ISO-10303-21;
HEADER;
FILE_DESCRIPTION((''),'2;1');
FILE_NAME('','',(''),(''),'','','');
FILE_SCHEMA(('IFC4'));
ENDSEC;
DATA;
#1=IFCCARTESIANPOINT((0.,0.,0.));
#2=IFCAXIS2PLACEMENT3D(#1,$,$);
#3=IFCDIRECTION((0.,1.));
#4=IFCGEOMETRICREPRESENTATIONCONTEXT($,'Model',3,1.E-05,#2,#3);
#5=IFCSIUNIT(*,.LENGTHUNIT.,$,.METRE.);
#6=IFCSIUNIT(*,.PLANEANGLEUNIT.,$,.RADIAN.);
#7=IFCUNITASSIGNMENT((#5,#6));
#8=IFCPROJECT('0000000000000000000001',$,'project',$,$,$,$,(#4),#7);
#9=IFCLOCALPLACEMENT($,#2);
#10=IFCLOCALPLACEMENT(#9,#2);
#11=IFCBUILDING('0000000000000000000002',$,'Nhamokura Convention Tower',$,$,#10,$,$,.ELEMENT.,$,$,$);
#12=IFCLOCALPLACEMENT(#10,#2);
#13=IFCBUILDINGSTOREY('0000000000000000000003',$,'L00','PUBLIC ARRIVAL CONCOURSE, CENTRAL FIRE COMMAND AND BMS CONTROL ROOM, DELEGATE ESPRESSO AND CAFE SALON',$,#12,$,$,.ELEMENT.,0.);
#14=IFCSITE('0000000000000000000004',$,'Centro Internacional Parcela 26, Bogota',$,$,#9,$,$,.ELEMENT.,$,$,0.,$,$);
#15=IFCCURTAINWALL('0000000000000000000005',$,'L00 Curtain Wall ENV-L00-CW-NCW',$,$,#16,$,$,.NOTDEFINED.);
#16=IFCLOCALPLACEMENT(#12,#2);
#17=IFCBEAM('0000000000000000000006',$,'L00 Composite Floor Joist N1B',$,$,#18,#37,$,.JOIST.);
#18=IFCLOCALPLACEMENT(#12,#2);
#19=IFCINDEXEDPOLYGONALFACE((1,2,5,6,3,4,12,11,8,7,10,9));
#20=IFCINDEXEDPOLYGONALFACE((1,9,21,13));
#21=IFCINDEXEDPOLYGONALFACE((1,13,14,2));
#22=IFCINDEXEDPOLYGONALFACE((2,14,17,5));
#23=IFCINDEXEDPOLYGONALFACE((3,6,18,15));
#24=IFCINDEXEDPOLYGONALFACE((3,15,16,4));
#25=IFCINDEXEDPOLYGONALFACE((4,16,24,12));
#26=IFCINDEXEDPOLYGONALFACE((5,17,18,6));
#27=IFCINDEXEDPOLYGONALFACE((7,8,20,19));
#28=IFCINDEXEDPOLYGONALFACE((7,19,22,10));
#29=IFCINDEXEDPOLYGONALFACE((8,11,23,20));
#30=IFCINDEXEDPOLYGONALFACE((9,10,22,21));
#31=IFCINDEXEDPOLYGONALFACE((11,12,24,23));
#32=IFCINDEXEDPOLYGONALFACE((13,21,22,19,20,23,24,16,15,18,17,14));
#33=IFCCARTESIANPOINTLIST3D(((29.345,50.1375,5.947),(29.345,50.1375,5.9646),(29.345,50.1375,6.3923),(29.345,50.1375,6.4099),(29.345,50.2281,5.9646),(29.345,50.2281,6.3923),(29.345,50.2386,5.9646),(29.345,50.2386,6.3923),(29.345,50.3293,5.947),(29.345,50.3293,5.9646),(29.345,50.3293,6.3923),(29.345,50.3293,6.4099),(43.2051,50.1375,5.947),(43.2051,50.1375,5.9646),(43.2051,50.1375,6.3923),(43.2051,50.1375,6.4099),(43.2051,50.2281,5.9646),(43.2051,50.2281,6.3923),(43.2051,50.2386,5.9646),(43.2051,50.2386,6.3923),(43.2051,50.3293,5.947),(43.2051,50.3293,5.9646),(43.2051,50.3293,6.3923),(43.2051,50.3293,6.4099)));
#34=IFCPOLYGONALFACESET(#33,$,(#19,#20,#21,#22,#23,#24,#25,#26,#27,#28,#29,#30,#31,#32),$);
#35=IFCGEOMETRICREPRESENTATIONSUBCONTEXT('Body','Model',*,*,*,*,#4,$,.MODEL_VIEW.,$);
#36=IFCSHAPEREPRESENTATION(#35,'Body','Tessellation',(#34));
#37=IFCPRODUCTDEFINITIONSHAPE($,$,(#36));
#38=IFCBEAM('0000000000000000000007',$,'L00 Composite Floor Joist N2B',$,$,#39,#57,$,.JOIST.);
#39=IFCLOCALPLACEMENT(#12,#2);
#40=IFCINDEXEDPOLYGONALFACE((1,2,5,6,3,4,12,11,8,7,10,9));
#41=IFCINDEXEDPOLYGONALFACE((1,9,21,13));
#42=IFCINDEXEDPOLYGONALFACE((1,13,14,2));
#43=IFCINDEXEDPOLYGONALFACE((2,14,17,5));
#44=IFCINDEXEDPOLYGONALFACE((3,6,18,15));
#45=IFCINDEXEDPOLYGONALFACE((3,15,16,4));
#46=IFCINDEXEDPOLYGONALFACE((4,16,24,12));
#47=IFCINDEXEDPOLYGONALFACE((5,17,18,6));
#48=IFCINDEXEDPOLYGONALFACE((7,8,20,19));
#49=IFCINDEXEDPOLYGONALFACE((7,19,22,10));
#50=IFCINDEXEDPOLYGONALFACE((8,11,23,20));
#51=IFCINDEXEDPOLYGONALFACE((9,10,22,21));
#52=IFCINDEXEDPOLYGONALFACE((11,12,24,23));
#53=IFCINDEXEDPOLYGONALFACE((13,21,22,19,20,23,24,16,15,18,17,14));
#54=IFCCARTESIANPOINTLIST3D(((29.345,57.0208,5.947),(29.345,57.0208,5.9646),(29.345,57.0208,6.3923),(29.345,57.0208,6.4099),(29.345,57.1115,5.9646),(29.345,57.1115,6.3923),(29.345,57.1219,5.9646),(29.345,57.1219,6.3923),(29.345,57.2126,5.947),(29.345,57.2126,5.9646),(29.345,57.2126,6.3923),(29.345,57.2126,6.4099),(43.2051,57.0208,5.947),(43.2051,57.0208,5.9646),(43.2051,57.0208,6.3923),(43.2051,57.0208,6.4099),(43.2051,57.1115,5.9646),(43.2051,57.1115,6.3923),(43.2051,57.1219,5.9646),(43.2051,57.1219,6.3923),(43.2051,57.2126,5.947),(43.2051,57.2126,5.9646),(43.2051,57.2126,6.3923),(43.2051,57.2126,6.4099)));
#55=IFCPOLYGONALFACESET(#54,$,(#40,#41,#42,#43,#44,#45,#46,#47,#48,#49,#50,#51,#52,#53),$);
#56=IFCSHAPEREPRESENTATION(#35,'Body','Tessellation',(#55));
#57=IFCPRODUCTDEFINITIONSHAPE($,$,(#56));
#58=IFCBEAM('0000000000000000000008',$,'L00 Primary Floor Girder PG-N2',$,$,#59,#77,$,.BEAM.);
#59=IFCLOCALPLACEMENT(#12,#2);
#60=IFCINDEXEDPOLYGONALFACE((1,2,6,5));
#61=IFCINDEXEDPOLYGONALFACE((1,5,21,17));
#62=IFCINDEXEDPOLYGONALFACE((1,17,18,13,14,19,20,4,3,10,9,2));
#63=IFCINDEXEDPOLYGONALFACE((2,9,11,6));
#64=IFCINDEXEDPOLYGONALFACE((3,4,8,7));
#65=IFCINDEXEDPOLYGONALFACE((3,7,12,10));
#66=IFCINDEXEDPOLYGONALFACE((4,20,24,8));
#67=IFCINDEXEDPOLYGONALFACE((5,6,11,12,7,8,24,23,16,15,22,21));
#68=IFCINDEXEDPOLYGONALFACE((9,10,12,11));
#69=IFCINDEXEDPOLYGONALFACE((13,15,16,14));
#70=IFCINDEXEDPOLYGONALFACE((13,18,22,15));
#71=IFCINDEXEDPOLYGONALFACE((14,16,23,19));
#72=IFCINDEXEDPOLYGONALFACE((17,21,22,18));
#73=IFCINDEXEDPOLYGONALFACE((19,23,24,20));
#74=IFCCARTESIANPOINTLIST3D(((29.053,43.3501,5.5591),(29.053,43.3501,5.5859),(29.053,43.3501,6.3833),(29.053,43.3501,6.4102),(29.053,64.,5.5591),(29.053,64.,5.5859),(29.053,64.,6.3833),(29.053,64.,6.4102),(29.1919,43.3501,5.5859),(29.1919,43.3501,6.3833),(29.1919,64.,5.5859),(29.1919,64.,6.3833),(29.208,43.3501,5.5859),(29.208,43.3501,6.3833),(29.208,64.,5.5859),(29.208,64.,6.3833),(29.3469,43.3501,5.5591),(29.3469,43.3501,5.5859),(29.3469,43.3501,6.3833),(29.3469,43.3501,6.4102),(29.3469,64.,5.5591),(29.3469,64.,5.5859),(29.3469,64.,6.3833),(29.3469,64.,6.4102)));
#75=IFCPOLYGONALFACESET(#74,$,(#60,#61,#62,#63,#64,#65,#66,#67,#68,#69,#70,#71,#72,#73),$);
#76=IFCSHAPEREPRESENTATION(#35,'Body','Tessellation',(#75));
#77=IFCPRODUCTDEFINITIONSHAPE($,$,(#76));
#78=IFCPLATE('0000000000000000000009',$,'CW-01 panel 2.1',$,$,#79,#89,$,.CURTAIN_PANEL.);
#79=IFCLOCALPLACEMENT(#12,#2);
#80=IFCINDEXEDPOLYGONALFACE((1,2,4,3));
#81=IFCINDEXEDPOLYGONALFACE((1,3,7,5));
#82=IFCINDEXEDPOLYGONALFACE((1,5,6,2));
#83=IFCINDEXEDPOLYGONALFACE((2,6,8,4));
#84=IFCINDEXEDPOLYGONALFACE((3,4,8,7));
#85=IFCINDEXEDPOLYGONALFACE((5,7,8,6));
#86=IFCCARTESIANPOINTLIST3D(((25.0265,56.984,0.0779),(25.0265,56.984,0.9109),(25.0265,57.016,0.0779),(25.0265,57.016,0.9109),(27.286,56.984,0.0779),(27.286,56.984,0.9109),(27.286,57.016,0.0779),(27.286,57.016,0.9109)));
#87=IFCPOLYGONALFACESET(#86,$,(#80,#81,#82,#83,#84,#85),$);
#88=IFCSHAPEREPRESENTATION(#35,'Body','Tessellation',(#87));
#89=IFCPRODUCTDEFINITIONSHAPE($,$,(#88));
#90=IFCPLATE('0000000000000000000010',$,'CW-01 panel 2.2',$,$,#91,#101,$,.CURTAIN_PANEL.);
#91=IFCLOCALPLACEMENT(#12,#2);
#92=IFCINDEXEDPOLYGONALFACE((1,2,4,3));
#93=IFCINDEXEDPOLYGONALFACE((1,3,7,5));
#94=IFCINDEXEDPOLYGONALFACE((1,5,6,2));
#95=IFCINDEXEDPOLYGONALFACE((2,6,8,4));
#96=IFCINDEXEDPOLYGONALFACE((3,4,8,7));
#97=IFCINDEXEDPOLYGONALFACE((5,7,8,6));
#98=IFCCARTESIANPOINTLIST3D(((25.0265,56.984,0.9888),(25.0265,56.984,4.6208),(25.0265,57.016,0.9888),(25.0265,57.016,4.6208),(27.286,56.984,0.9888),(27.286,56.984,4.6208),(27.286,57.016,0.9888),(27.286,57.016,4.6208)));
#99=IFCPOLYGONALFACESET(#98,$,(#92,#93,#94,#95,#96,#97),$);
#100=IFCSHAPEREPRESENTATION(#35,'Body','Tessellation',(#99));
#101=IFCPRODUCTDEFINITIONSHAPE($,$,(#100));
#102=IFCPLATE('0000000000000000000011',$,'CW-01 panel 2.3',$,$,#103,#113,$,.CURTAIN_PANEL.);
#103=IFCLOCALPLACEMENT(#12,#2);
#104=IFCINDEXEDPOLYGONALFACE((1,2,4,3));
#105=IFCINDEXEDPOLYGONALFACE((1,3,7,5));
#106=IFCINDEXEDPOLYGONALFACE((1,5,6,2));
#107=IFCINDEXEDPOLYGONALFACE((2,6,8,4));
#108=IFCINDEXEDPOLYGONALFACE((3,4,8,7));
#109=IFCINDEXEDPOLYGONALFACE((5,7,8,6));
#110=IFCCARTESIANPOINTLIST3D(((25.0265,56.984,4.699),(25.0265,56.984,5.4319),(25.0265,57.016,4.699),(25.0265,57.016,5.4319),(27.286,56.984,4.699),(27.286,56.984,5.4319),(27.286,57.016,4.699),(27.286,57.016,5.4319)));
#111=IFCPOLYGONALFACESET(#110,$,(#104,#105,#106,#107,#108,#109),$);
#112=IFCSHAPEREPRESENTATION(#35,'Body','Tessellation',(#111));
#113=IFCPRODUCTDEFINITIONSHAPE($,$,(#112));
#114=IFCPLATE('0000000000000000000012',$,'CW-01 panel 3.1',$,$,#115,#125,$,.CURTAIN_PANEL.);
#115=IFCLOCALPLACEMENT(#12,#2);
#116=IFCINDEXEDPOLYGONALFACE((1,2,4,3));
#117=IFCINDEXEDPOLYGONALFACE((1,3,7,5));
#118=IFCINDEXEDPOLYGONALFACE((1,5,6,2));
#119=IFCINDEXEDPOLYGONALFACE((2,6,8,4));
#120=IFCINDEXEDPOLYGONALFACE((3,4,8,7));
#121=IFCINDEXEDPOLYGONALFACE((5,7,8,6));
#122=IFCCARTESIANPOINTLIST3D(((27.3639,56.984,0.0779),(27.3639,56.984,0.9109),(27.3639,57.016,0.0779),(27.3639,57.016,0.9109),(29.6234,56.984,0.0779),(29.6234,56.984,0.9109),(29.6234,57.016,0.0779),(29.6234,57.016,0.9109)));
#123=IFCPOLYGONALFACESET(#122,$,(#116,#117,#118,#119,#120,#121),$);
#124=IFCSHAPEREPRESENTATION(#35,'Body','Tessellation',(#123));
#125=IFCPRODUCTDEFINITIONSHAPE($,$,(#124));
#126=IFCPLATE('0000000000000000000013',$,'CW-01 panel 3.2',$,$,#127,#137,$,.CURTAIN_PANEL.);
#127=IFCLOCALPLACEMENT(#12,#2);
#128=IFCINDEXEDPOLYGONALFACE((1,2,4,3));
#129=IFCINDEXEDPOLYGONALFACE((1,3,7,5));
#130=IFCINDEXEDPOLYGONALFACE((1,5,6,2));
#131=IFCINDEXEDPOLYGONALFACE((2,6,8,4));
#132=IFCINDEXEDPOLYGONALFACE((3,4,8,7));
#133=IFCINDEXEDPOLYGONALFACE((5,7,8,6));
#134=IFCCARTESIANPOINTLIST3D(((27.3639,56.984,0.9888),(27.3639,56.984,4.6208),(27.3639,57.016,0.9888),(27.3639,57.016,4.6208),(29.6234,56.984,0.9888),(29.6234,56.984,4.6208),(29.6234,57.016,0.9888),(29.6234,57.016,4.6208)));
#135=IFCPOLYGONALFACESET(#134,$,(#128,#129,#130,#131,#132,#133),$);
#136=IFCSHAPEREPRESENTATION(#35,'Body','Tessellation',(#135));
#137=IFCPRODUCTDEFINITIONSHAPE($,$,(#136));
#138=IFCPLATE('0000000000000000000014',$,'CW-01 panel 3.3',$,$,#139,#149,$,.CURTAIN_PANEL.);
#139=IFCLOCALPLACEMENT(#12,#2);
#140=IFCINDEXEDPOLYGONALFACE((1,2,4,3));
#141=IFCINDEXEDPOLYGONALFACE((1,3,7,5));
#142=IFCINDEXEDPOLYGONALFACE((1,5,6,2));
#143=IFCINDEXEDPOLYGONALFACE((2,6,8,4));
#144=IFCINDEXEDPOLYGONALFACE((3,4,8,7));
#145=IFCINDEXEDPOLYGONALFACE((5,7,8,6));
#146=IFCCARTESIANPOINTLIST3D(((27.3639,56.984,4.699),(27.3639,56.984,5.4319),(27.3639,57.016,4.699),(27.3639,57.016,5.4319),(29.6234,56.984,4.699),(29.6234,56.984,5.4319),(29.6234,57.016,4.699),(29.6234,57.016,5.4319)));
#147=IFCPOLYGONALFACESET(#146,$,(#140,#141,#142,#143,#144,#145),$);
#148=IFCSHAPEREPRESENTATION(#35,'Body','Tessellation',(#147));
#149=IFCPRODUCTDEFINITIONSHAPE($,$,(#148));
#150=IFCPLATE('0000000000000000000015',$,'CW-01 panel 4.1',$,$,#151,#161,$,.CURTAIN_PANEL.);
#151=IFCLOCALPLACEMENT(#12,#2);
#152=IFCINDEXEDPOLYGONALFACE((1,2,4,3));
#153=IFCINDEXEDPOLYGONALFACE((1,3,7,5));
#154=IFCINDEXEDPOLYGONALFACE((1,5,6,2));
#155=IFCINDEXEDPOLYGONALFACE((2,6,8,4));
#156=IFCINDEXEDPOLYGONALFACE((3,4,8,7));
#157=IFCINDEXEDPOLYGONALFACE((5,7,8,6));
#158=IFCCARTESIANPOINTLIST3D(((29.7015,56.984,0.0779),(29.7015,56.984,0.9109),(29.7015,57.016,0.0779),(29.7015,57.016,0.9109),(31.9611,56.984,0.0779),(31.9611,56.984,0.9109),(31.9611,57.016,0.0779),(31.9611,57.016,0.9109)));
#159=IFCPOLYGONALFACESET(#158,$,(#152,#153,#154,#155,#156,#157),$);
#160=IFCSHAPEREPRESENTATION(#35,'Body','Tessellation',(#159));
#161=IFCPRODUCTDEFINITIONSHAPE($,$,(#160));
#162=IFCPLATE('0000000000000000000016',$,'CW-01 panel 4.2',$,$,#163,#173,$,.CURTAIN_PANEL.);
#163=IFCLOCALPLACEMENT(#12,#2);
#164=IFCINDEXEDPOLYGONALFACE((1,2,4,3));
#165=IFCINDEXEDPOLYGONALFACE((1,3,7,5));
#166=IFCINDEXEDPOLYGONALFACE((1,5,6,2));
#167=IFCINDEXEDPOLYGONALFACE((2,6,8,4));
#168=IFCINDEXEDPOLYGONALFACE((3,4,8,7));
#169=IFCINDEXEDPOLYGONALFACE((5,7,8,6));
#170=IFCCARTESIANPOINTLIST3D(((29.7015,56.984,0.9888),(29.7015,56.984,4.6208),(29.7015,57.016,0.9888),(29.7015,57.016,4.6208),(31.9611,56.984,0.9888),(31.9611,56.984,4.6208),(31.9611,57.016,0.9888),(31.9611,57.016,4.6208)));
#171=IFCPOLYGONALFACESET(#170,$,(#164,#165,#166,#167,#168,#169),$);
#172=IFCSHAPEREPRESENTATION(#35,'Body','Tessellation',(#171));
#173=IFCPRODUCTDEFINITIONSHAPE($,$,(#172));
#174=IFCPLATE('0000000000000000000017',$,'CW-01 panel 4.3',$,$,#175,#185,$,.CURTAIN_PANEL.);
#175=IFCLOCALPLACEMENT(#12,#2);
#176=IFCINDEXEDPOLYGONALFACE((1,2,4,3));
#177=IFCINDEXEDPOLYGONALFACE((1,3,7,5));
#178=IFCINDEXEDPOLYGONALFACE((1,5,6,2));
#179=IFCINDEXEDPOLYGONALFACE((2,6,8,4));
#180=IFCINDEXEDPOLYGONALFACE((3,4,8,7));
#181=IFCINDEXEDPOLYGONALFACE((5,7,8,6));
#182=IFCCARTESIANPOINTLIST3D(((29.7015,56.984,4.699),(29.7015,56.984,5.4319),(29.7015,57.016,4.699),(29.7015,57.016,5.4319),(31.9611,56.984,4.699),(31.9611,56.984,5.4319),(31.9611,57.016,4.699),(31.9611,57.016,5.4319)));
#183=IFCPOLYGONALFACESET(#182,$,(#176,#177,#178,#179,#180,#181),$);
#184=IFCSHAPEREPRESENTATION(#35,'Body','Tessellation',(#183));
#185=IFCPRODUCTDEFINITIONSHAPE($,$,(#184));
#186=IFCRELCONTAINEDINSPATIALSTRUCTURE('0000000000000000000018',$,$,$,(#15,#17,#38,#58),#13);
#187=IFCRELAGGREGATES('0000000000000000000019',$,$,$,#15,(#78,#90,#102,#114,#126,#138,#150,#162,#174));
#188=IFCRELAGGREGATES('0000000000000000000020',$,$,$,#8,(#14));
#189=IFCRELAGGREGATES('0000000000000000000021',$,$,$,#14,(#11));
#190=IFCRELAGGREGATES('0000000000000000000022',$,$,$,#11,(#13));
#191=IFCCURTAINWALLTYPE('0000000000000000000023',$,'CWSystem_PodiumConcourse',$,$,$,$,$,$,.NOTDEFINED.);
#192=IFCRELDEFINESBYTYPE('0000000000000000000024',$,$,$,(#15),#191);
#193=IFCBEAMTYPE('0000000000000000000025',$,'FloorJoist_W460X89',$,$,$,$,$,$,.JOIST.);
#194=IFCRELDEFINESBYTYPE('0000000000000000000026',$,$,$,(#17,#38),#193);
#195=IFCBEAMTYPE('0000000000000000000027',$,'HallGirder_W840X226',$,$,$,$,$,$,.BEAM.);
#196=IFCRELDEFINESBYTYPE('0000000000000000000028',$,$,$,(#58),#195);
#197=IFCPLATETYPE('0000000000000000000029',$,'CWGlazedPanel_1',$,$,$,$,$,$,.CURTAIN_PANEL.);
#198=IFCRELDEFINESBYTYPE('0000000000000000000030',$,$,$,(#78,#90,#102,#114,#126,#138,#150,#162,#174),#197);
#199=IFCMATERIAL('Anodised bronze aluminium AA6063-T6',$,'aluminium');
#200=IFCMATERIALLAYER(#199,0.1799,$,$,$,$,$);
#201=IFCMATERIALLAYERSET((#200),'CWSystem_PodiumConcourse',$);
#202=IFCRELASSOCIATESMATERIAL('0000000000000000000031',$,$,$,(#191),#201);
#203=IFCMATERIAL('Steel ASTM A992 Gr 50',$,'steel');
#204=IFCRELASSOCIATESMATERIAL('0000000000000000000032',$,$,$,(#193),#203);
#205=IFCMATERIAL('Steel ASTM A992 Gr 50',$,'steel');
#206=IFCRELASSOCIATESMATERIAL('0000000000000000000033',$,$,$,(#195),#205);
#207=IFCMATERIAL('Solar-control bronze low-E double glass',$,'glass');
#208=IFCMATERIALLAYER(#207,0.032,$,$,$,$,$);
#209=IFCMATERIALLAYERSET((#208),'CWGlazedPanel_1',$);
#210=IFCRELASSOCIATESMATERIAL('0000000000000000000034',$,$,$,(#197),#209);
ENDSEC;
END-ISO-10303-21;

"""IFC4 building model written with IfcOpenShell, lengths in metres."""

from ifc_helpers import new_model, si_unit, direction, frame, origin, origin_2d, place, context, subcontext, project, spatial, rectangle, i_section, extrude, material, layer, layer_set, material_profile, profile_set, type_object, element, aggregate, save


model = new_model("IFC4")

# Units and contexts
model_context = context("Model", 3, precision=1e-05, world=origin(), true_north=direction((0.0, 1.0)))
body_context = subcontext(model_context, "Body", "Model", "MODEL_VIEW")
ifc_project = project(units=[si_unit("LENGTHUNIT", "METRE"), si_unit("PLANEANGLEUNIT", "RADIAN")], contexts=[model_context])

# Site, building, storey
site_placement = place(None, origin())
site = spatial("IfcSite", under=ifc_project, at=site_placement, Name="Centro Internacional Parcela 26, Bogota", CompositionType="ELEMENT", RefElevation=0.0)
building_placement = place(site_placement, origin())
building = spatial("IfcBuilding", under=site, at=building_placement, Name="Nhamokura Convention Tower", CompositionType="ELEMENT")
storey_placement = place(building_placement, origin())
storey = spatial("IfcBuildingStorey", under=building, at=storey_placement, Name="L00", Description="PUBLIC ARRIVAL CONCOURSE, CENTRAL FIRE COMMAND AND BMS CONTROL ROOM, DELEGATE ESPRESSO AND CAFE SALON", CompositionType="ELEMENT", Elevation=0.0)

# Curtain wall
ifc_material_1 = material(Name="Anodised bronze aluminium AA6063-T6", Category="aluminium")
ifc_layer_1 = layer(ifc_material_1, 0.1799)
ifc_layer_set_1 = layer_set([ifc_layer_1], Name="CWSystem_PodiumConcourse")
curtain_wall_type = type_object("IfcCurtainWallType", Name="CWSystem_PodiumConcourse", PredefinedType="NOTDEFINED", material=ifc_layer_set_1)
curtain_wall_placement = place(storey_placement, origin())
curtain_wall = element("IfcCurtainWall", 1, at=curtain_wall_placement, inside=storey, type_object=curtain_wall_type, Name="L00 Curtain Wall ENV-L00-CW-NCW", PredefinedType="NOTDEFINED")

# Beams
ifc_material_2 = material(Name="Steel ASTM A992 Gr 50", Category="steel")
ifc_material_profile_1 = material_profile(ifc_material_2, i_section(OverallWidth=0.1919, OverallDepth=0.4629, WebThickness=0.0105, FlangeThickness=0.0176, at=origin_2d()))
ifc_profile_set_1 = profile_set([ifc_material_profile_1], Name="Steel ASTM A992 Gr 50")
beam_type_1 = type_object("IfcBeamType", Name="FloorJoist_W460X89", PredefinedType="JOIST", material=ifc_profile_set_1)
for number, where, z_axis, x_axis, name in (
    (2, (29.345, 50.2334, 6.1785), (1.0, 0.0, 0.0), (0.0, 1.0, 0.0), "L00 Composite Floor Joist N1B"),
    (3, (29.345, 57.1167, 6.1785), (1.0, 0.0, 0.0), (0.0, 1.0, 0.0), "L00 Composite Floor Joist N2B"),
):
    element("IfcBeam", number, at=place(storey_placement, frame(where, z_axis=z_axis, x_axis=x_axis)), inside=storey, type_object=beam_type_1, Name=name, PredefinedType="JOIST", context=body_context, shape_type="SweptSolid", body=[
        extrude(i_section(OverallWidth=0.1919, OverallDepth=0.4629, WebThickness=0.0105, FlangeThickness=0.0176, at=origin_2d()), origin(), (0.0, 0.0, 1.0), 13.8601),
    ])
ifc_material_3 = material(Name="Steel ASTM A992 Gr 50", Category="steel")
ifc_material_profile_2 = material_profile(ifc_material_3, i_section(OverallWidth=0.2939, OverallDepth=0.8511, WebThickness=0.0161, FlangeThickness=0.0269, at=origin_2d()))
ifc_profile_set_2 = profile_set([ifc_material_profile_2], Name="Steel ASTM A992 Gr 50")
beam_type_2 = type_object("IfcBeamType", Name="HallGirder_W840X226", PredefinedType="BEAM", material=ifc_profile_set_2)
beam_placement = place(storey_placement, frame((29.2, 43.3501, 5.9846), z_axis=(0.0, 1.0, 0.0), x_axis=(-1.0, 0.0, 0.0)))
element("IfcBeam", 4, at=beam_placement, inside=storey, type_object=beam_type_2, Name="L00 Primary Floor Girder PG-N2", PredefinedType="BEAM", context=body_context, shape_type="SweptSolid", body=[
    extrude(i_section(OverallWidth=0.2939, OverallDepth=0.8511, WebThickness=0.0161, FlangeThickness=0.0269, at=origin_2d()), origin(), (0.0, 0.0, 1.0), 20.6499),
])

# Plates
ifc_material_4 = material(Name="Solar-control bronze low-E double glass", Category="glass")
ifc_layer_2 = layer(ifc_material_4, 0.032)
ifc_layer_set_2 = layer_set([ifc_layer_2], Name="CWGlazedPanel_1")
plate_type = type_object("IfcPlateType", Name="CWGlazedPanel_1", PredefinedType="CURTAIN_PANEL", material=ifc_layer_set_2)
plate_1_placement = place(storey_placement, frame((26.1562, 57.0, 0.0779), z_axis=(0.0, 0.0, 1.0), x_axis=(1.0, 0.0, 0.0)))
plate_1 = element("IfcPlate", 5, at=plate_1_placement, type_object=plate_type, Name="CW-01 panel 2.1", PredefinedType="CURTAIN_PANEL", context=body_context, shape_type="SweptSolid", body=[
    extrude(rectangle(XDim=2.2595, YDim=0.032, at=origin_2d()), origin(), (0.0, 0.0, 1.0), 0.833),
])
plate_2_placement = place(storey_placement, frame((26.1562, 57.0, 0.9888), z_axis=(0.0, 0.0, 1.0), x_axis=(1.0, 0.0, 0.0)))
plate_2 = element("IfcPlate", 6, at=plate_2_placement, type_object=plate_type, Name="CW-01 panel 2.2", PredefinedType="CURTAIN_PANEL", context=body_context, shape_type="SweptSolid", body=[
    extrude(rectangle(XDim=2.2595, YDim=0.032, at=origin_2d()), origin(), (0.0, 0.0, 1.0), 3.6321),
])
plate_3_placement = place(storey_placement, frame((26.1562, 57.0, 4.699), z_axis=(0.0, 0.0, 1.0), x_axis=(1.0, 0.0, 0.0)))
plate_3 = element("IfcPlate", 7, at=plate_3_placement, type_object=plate_type, Name="CW-01 panel 2.3", PredefinedType="CURTAIN_PANEL", context=body_context, shape_type="SweptSolid", body=[
    extrude(rectangle(XDim=2.2595, YDim=0.032, at=origin_2d()), origin(), (0.0, 0.0, 1.0), 0.7329),
])
plate_4_placement = place(storey_placement, frame((28.4937, 57.0, 0.0779), z_axis=(0.0, 0.0, 1.0), x_axis=(1.0, 0.0, 0.0)))
plate_4 = element("IfcPlate", 8, at=plate_4_placement, type_object=plate_type, Name="CW-01 panel 3.1", PredefinedType="CURTAIN_PANEL", context=body_context, shape_type="SweptSolid", body=[
    extrude(rectangle(XDim=2.2595, YDim=0.032, at=origin_2d()), origin(), (0.0, 0.0, 1.0), 0.833),
])
plate_5_placement = place(storey_placement, frame((28.4937, 57.0, 0.9888), z_axis=(0.0, 0.0, 1.0), x_axis=(1.0, 0.0, 0.0)))
plate_5 = element("IfcPlate", 9, at=plate_5_placement, type_object=plate_type, Name="CW-01 panel 3.2", PredefinedType="CURTAIN_PANEL", context=body_context, shape_type="SweptSolid", body=[
    extrude(rectangle(XDim=2.2595, YDim=0.032, at=origin_2d()), origin(), (0.0, 0.0, 1.0), 3.6321),
])
plate_6_placement = place(storey_placement, frame((28.4937, 57.0, 4.699), z_axis=(0.0, 0.0, 1.0), x_axis=(1.0, 0.0, 0.0)))
plate_6 = element("IfcPlate", 10, at=plate_6_placement, type_object=plate_type, Name="CW-01 panel 3.3", PredefinedType="CURTAIN_PANEL", context=body_context, shape_type="SweptSolid", body=[
    extrude(rectangle(XDim=2.2595, YDim=0.032, at=origin_2d()), origin(), (0.0, 0.0, 1.0), 0.7329),
])
plate_7_placement = place(storey_placement, frame((30.8313, 57.0, 0.0779), z_axis=(0.0, 0.0, 1.0), x_axis=(1.0, 0.0, 0.0)))
plate_7 = element("IfcPlate", 11, at=plate_7_placement, type_object=plate_type, Name="CW-01 panel 4.1", PredefinedType="CURTAIN_PANEL", context=body_context, shape_type="SweptSolid", body=[
    extrude(rectangle(XDim=2.2595, YDim=0.032, at=origin_2d()), origin(), (0.0, 0.0, 1.0), 0.833),
])
plate_8_placement = place(storey_placement, frame((30.8313, 57.0, 0.9888), z_axis=(0.0, 0.0, 1.0), x_axis=(1.0, 0.0, 0.0)))
plate_8 = element("IfcPlate", 12, at=plate_8_placement, type_object=plate_type, Name="CW-01 panel 4.2", PredefinedType="CURTAIN_PANEL", context=body_context, shape_type="SweptSolid", body=[
    extrude(rectangle(XDim=2.2595, YDim=0.032, at=origin_2d()), origin(), (0.0, 0.0, 1.0), 3.6321),
])
plate_9_placement = place(storey_placement, frame((30.8313, 57.0, 4.699), z_axis=(0.0, 0.0, 1.0), x_axis=(1.0, 0.0, 0.0)))
plate_9 = element("IfcPlate", 13, at=plate_9_placement, type_object=plate_type, Name="CW-01 panel 4.3", PredefinedType="CURTAIN_PANEL", context=body_context, shape_type="SweptSolid", body=[
    extrude(rectangle(XDim=2.2595, YDim=0.032, at=origin_2d()), origin(), (0.0, 0.0, 1.0), 0.7329),
])
aggregate(curtain_wall, [plate_1, plate_2, plate_3, plate_4, plate_5, plate_6, plate_7, plate_8, plate_9])

save(model, "model.ifc")
